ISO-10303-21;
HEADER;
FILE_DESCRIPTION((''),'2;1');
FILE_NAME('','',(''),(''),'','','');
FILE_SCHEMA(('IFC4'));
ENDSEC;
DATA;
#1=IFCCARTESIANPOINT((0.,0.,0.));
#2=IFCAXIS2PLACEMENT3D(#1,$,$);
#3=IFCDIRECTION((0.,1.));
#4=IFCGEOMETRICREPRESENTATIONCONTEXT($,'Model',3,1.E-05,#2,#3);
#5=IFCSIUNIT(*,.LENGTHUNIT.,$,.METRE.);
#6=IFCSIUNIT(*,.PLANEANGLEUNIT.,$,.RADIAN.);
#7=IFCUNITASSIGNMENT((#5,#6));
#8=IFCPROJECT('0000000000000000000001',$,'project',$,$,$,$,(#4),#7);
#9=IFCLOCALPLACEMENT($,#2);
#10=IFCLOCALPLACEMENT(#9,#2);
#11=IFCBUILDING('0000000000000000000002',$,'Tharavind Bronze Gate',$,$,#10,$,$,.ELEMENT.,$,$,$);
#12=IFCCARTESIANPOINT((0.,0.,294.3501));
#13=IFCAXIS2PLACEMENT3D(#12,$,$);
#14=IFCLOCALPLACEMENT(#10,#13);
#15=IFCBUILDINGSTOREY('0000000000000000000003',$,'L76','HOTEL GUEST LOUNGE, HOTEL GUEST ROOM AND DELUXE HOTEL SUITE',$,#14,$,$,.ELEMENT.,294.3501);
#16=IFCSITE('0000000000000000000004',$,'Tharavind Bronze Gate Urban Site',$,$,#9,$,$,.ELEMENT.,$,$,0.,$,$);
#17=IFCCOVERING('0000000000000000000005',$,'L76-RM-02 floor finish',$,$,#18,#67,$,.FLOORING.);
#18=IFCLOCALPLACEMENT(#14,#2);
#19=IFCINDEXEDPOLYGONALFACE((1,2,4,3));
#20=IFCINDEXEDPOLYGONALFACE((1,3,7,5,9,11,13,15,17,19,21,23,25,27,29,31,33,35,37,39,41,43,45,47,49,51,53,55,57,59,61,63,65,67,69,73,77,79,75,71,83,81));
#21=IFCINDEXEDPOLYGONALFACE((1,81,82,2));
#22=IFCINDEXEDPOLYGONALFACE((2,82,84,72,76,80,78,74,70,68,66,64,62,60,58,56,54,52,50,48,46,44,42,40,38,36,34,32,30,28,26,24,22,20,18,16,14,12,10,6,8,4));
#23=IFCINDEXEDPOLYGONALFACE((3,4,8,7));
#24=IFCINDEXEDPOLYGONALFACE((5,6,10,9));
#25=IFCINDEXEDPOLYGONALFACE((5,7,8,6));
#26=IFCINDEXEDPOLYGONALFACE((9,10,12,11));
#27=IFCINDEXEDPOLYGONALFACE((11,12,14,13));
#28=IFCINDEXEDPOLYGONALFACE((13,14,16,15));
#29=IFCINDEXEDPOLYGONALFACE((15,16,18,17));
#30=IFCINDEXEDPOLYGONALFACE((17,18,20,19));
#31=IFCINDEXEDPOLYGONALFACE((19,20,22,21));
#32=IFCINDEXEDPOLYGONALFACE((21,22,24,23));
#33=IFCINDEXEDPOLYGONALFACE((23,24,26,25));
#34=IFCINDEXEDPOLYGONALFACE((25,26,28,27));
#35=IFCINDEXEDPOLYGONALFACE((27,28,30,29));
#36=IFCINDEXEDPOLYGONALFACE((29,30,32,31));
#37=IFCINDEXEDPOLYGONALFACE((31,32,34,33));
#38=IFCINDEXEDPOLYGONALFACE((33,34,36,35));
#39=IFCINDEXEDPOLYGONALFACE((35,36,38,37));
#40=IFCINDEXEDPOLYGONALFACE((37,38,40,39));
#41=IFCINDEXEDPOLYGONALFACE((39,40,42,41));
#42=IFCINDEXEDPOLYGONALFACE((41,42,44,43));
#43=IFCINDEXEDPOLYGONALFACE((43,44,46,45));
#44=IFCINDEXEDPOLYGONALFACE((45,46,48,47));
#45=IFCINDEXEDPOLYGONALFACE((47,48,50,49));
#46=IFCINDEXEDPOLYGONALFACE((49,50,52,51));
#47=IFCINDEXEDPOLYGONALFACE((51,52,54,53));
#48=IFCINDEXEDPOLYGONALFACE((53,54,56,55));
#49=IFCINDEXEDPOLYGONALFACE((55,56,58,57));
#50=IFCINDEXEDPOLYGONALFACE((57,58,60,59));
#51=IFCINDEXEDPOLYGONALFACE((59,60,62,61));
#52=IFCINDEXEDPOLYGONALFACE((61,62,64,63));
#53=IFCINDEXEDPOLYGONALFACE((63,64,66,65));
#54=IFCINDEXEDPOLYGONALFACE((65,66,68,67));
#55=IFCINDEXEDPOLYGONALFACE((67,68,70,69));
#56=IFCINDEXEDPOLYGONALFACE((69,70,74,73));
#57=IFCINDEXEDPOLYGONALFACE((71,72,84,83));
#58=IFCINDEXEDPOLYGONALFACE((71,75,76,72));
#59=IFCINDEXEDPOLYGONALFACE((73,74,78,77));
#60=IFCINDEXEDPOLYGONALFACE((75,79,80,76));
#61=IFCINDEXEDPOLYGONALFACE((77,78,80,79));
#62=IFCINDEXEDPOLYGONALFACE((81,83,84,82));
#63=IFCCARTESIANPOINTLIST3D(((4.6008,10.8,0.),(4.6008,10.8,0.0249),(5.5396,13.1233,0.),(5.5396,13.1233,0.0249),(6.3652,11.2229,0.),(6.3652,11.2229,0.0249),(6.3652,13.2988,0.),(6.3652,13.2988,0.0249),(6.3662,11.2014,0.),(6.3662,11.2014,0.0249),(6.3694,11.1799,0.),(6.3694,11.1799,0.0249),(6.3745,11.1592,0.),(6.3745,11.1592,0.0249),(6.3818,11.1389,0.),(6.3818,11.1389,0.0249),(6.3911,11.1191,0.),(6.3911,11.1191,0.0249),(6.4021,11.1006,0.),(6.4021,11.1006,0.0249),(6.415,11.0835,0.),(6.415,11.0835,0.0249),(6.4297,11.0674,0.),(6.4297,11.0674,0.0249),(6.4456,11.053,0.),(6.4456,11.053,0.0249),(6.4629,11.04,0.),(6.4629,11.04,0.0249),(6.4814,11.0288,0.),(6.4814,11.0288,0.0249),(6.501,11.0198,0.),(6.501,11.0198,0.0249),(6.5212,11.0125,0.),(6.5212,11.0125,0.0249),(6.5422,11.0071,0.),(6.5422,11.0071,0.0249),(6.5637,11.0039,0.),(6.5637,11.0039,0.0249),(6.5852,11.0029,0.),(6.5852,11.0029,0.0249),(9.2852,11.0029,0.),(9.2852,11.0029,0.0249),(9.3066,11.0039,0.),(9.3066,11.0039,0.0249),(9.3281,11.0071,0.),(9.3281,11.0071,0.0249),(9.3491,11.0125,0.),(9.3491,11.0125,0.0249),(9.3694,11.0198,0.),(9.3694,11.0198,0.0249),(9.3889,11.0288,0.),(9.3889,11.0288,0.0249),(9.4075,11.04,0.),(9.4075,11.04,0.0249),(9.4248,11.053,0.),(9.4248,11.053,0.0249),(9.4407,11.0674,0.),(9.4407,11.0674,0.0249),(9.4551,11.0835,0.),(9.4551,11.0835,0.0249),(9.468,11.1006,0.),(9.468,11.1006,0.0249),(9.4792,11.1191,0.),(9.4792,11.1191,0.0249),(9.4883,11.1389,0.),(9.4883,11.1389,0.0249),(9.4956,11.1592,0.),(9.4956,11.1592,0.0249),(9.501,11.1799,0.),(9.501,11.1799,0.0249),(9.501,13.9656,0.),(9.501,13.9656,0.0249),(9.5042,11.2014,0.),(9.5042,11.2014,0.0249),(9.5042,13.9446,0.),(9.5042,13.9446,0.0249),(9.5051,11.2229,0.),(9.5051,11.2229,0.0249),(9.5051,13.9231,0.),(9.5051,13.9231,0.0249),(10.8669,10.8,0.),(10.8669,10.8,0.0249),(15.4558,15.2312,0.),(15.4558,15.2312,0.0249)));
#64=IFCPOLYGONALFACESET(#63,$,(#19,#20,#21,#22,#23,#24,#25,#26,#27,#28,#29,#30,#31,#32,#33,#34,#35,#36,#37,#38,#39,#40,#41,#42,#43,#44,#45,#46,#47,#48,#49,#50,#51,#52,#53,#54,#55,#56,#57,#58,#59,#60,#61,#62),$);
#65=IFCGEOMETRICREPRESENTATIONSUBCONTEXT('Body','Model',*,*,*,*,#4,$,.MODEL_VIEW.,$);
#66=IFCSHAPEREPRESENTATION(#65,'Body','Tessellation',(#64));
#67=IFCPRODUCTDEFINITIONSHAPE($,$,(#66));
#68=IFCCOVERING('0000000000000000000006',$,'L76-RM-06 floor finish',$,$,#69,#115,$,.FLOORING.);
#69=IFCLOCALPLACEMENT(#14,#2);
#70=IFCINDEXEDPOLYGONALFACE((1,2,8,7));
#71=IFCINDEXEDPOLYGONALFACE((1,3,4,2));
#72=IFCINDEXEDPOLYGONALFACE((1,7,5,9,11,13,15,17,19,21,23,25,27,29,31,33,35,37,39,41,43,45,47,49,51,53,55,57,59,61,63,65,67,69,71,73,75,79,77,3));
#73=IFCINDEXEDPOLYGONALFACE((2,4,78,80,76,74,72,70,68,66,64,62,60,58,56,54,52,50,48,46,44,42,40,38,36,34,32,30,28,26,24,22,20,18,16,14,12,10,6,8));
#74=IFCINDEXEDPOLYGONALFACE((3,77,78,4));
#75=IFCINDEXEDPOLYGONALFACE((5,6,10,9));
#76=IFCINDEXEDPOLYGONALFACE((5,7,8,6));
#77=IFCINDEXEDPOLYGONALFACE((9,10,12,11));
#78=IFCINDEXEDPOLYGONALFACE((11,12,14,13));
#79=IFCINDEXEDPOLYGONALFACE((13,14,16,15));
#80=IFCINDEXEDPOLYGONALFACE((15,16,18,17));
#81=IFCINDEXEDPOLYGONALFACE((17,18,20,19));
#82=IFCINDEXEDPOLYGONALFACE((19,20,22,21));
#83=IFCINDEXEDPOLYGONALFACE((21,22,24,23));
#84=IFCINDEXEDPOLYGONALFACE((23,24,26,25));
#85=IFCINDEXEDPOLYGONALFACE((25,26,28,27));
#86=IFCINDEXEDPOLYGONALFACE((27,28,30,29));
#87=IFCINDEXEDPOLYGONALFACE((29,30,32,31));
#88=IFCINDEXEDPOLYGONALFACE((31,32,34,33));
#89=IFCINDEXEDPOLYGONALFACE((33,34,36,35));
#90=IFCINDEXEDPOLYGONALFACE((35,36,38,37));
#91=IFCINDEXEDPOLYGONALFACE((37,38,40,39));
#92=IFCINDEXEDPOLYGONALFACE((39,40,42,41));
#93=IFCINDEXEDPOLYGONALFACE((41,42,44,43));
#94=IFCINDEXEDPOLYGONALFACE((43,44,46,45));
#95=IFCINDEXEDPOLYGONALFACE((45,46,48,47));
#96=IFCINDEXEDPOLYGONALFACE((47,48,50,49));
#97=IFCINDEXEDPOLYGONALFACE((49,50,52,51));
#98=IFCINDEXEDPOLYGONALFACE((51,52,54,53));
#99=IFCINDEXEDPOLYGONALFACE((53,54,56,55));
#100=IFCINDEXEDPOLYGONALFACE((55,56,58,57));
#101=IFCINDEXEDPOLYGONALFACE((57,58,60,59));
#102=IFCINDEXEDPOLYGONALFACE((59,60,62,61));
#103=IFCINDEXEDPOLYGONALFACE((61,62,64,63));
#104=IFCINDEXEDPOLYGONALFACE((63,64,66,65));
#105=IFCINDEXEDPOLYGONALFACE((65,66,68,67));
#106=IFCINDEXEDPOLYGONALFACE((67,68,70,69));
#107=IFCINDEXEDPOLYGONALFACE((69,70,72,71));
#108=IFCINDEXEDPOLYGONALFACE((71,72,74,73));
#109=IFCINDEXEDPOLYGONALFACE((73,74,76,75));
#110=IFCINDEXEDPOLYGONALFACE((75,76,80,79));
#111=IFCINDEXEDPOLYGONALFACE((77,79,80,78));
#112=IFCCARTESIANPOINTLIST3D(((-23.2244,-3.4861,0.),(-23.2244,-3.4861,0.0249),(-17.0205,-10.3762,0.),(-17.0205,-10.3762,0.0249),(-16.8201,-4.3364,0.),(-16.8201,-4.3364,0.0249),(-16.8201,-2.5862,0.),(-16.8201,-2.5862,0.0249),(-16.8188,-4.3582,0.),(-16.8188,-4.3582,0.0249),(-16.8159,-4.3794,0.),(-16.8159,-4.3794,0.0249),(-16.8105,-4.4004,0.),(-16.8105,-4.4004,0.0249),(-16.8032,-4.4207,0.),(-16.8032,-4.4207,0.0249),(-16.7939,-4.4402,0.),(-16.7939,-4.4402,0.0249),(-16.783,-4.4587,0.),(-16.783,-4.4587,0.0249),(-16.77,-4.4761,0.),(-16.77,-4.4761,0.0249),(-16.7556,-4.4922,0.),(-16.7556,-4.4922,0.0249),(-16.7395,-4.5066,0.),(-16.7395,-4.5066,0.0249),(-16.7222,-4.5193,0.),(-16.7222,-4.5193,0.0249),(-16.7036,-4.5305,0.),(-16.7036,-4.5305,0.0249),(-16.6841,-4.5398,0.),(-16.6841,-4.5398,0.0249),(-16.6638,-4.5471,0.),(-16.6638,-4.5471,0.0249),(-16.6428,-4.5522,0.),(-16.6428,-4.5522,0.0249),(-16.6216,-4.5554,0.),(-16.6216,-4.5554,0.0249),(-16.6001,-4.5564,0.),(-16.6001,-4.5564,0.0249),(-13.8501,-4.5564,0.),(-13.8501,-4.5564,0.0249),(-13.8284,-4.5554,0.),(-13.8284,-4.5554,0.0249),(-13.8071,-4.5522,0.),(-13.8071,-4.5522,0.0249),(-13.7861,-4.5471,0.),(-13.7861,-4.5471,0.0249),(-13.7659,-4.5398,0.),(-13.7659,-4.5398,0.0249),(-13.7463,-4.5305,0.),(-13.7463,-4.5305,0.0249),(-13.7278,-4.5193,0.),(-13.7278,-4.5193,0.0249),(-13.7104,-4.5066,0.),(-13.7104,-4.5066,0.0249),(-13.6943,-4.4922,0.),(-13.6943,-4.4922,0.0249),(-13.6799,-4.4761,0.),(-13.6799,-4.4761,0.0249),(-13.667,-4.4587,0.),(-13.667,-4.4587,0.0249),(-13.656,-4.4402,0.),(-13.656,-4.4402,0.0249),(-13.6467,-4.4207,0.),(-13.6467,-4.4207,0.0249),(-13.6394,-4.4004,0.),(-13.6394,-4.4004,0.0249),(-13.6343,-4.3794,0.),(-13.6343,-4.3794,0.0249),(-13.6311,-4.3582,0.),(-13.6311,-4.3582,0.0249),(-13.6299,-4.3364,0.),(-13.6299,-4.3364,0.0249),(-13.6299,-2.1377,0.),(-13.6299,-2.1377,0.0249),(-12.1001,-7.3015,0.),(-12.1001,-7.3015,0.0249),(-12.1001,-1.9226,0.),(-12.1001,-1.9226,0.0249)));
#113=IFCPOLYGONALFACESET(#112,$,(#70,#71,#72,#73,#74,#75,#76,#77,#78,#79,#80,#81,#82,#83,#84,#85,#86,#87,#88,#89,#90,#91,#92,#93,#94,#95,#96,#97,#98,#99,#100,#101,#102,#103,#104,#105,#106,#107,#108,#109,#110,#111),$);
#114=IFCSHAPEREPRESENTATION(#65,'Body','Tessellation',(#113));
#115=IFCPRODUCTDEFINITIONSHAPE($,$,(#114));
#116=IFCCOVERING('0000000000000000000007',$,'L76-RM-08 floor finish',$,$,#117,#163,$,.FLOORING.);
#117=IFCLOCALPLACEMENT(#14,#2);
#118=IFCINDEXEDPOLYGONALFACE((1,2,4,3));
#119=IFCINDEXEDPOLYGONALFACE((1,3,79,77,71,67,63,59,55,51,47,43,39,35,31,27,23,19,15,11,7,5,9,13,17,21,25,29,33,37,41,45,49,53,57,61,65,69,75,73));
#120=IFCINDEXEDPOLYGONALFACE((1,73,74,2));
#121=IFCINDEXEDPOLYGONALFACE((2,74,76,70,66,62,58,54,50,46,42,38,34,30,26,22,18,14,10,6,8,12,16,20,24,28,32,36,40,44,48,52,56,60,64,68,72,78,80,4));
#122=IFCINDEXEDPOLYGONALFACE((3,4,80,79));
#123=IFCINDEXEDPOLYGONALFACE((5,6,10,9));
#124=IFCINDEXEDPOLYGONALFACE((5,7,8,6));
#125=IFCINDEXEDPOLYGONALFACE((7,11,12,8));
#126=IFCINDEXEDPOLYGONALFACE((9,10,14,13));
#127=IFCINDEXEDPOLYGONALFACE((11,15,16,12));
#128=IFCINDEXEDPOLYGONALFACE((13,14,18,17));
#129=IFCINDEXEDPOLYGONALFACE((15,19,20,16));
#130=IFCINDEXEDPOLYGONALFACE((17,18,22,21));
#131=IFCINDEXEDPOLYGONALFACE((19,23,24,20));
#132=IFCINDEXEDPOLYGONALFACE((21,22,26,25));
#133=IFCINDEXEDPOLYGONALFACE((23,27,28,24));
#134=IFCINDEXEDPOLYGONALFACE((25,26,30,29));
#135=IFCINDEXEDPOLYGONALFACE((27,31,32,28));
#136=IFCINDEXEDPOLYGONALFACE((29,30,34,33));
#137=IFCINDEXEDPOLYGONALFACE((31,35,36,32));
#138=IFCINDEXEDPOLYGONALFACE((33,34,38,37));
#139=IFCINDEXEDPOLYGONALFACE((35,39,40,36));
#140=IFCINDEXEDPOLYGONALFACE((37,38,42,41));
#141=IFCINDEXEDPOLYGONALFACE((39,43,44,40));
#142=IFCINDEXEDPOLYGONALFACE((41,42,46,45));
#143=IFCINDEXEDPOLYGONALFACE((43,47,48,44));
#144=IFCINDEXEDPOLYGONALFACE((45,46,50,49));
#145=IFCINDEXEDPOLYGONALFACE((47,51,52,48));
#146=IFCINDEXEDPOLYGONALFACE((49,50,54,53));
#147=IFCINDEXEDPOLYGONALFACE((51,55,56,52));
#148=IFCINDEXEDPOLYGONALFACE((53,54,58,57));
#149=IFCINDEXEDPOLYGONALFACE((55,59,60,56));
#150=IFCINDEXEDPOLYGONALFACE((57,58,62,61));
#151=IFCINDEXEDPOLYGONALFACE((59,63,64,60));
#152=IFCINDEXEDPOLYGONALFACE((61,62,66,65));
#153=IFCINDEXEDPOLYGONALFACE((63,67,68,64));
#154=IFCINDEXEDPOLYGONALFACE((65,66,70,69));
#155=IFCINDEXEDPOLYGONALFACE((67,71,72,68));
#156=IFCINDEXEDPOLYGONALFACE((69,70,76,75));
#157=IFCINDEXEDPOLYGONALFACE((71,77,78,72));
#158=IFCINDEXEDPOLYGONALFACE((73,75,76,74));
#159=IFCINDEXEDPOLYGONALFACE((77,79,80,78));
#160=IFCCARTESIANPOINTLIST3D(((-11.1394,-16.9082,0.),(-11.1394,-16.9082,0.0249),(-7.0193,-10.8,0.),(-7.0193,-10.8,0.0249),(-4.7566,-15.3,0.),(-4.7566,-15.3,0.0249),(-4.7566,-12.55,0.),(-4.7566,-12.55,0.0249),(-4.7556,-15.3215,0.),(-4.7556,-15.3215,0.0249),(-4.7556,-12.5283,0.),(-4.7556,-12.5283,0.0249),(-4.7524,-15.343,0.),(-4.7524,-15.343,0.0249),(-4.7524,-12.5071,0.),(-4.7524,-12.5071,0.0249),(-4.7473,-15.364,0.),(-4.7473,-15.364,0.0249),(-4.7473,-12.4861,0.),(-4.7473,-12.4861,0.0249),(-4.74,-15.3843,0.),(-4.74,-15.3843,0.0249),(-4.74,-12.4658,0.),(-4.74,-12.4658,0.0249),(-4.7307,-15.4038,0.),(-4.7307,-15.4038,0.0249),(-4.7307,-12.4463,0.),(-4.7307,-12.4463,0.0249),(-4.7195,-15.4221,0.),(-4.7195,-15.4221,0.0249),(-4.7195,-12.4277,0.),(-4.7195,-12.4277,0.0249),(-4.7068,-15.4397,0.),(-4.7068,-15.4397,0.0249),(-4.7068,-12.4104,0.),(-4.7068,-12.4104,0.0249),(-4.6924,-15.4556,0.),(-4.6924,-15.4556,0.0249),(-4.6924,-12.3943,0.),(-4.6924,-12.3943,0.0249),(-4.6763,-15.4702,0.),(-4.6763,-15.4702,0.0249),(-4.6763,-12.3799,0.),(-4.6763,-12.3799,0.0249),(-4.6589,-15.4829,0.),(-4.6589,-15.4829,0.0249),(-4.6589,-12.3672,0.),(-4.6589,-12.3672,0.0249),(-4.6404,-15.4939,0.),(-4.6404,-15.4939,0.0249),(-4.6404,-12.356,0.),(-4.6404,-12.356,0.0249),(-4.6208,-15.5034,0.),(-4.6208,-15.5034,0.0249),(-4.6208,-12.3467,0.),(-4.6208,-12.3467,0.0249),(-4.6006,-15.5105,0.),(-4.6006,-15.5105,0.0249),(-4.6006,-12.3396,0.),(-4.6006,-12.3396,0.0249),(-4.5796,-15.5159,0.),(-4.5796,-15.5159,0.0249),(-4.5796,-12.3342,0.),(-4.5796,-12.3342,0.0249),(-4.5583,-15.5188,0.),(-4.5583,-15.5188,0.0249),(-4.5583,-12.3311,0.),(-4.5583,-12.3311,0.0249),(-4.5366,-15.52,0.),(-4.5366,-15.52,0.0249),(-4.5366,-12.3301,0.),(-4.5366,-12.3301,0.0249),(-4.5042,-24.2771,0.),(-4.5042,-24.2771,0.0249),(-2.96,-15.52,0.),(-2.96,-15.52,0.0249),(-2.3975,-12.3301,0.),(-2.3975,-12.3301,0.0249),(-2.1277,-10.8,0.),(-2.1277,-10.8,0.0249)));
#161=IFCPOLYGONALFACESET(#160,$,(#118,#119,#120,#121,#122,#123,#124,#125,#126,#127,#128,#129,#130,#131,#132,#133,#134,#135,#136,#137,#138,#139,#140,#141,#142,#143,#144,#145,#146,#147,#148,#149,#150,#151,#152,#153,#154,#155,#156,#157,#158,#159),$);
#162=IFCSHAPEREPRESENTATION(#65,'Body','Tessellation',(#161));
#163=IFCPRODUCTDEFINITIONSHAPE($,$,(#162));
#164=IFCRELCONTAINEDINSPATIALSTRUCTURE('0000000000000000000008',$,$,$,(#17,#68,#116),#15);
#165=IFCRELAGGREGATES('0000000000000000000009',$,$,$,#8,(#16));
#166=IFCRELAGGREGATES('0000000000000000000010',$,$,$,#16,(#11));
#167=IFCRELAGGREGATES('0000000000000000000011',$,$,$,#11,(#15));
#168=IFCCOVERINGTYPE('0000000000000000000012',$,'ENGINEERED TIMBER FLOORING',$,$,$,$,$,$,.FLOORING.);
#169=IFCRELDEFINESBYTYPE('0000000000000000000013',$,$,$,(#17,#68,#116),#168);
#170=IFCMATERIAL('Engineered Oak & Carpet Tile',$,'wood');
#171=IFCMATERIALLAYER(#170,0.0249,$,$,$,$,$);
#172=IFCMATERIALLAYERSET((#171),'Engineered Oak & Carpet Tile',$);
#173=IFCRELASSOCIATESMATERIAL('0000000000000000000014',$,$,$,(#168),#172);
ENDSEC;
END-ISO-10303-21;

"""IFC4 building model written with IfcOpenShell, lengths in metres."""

from ifc_helpers import new_model, si_unit, direction, frame, origin, place, context, subcontext, project, spatial, polyline, outline, extrude, material, layer, layer_set, type_object, element, save


model = new_model("IFC4")

# Units and contexts
model_context = context("Model", 3, precision=1e-05, world=origin(), true_north=direction((0.0, 1.0)))
body_context = subcontext(model_context, "Body", "Model", "MODEL_VIEW")
ifc_project = project(units=[si_unit("LENGTHUNIT", "METRE"), si_unit("PLANEANGLEUNIT", "RADIAN")], contexts=[model_context])

# Site, building, storey
site_placement = place(None, origin())
site = spatial("IfcSite", under=ifc_project, at=site_placement, Name="Tharavind Bronze Gate Urban Site", CompositionType="ELEMENT", RefElevation=0.0)
building_placement = place(site_placement, origin())
building = spatial("IfcBuilding", under=site, at=building_placement, Name="Tharavind Bronze Gate", CompositionType="ELEMENT")
storey_placement = place(building_placement, frame((0.0, 0.0, 294.3501)))
storey = spatial("IfcBuildingStorey", under=building, at=storey_placement, Name="L76", Description="HOTEL GUEST LOUNGE, HOTEL GUEST ROOM AND DELUXE HOTEL SUITE", CompositionType="ELEMENT", Elevation=294.3501)

# Coverings
ifc_material_1 = material(Name="Engineered Oak & Carpet Tile", Category="wood")
ifc_layer_1 = layer(ifc_material_1, 0.0249)
ifc_layer_set_1 = layer_set([ifc_layer_1], Name="Engineered Oak & Carpet Tile")
covering_type_1 = type_object("IfcCoveringType", Name="ENGINEERED TIMBER FLOORING", PredefinedType="FLOORING", material=ifc_layer_set_1)
covering_1_placement = place(storey_placement, origin())
element("IfcCovering", 1, at=covering_1_placement, inside=storey, type_object=covering_type_1, Name="L76-RM-02 floor finish", PredefinedType="FLOORING", context=body_context, shape_type="SweptSolid", body=[
    extrude(outline(polyline([(10.8669, 10.8), (15.4558, 15.2312), (9.501, 13.9656), (9.5042, 13.9446), (9.5051, 13.9231), (9.5051, 11.2229), (9.5042, 11.2014), (9.501, 11.1799), (9.4956, 11.1592), (9.4883, 11.1389), (9.4792, 11.1191), (9.468, 11.1006), (9.4551, 11.0835), (9.4407, 11.0674), (9.4248, 11.053), (9.4075, 11.04), (9.3889, 11.0288), (9.3694, 11.0198), (9.3491, 11.0125), (9.3281, 11.0071), (9.3066, 11.0039), (9.2852, 11.0029), (6.5852, 11.0029), (6.5637, 11.0039), (6.5422, 11.0071), (6.5212, 11.0125), (6.501, 11.0198), (6.4814, 11.0288), (6.4629, 11.04), (6.4456, 11.053), (6.4297, 11.0674), (6.415, 11.0835), (6.4021, 11.1006), (6.3911, 11.1191), (6.3818, 11.1389), (6.3745, 11.1592), (6.3694, 11.1799), (6.3662, 11.2014), (6.3652, 11.2229), (6.3652, 13.2988), (5.5396, 13.1233), (4.6008, 10.8), (10.8669, 10.8)])), origin(), (0.0, 0.0, 1.0), 0.0249),
])
covering_2_placement = place(storey_placement, origin())
element("IfcCovering", 2, at=covering_2_placement, inside=storey, type_object=covering_type_1, Name="L76-RM-06 floor finish", PredefinedType="FLOORING", context=body_context, shape_type="SweptSolid", body=[
    extrude(outline(polyline([(-17.0205, -10.3762), (-12.1001, -7.3015), (-12.1001, -1.9226), (-13.6299, -2.1377), (-13.6299, -4.3364), (-13.6311, -4.3582), (-13.6343, -4.3794), (-13.6394, -4.4004), (-13.6467, -4.4207), (-13.656, -4.4402), (-13.667, -4.4587), (-13.6799, -4.4761), (-13.6943, -4.4922), (-13.7104, -4.5066), (-13.7278, -4.5193), (-13.7463, -4.5305), (-13.7659, -4.5398), (-13.7861, -4.5471), (-13.8071, -4.5522), (-13.8284, -4.5554), (-13.8501, -4.5564), (-16.6001, -4.5564), (-16.6216, -4.5554), (-16.6428, -4.5522), (-16.6638, -4.5471), (-16.6841, -4.5398), (-16.7036, -4.5305), (-16.7222, -4.5193), (-16.7395, -4.5066), (-16.7556, -4.4922), (-16.77, -4.4761), (-16.783, -4.4587), (-16.7939, -4.4402), (-16.8032, -4.4207), (-16.8105, -4.4004), (-16.8159, -4.3794), (-16.8188, -4.3582), (-16.8201, -4.3364), (-16.8201, -2.5862), (-23.2244, -3.4861), (-17.0205, -10.3762)])), origin(), (0.0, 0.0, 1.0), 0.0249),
])
covering_3_placement = place(storey_placement, origin())
element("IfcCovering", 3, at=covering_3_placement, inside=storey, type_object=covering_type_1, Name="L76-RM-08 floor finish", PredefinedType="FLOORING", context=body_context, shape_type="SweptSolid", body=[
    extrude(outline(polyline([(-4.5042, -24.2771), (-2.96, -15.52), (-4.5366, -15.52), (-4.5583, -15.5188), (-4.5796, -15.5159), (-4.6006, -15.5105), (-4.6208, -15.5034), (-4.6404, -15.4939), (-4.6589, -15.4829), (-4.6763, -15.4702), (-4.6924, -15.4556), (-4.7068, -15.4397), (-4.7195, -15.4221), (-4.7307, -15.4038), (-4.74, -15.3843), (-4.7473, -15.364), (-4.7524, -15.343), (-4.7556, -15.3215), (-4.7566, -15.3), (-4.7566, -12.55), (-4.7556, -12.5283), (-4.7524, -12.5071), (-4.7473, -12.4861), (-4.74, -12.4658), (-4.7307, -12.4463), (-4.7195, -12.4277), (-4.7068, -12.4104), (-4.6924, -12.3943), (-4.6763, -12.3799), (-4.6589, -12.3672), (-4.6404, -12.356), (-4.6208, -12.3467), (-4.6006, -12.3396), (-4.5796, -12.3342), (-4.5583, -12.3311), (-4.5366, -12.3301), (-2.3975, -12.3301), (-2.1277, -10.8), (-7.0193, -10.8), (-11.1394, -16.9082), (-4.5042, -24.2771)])), origin(), (0.0, 0.0, 1.0), 0.0249),
])

save(model, "model.ifc")
